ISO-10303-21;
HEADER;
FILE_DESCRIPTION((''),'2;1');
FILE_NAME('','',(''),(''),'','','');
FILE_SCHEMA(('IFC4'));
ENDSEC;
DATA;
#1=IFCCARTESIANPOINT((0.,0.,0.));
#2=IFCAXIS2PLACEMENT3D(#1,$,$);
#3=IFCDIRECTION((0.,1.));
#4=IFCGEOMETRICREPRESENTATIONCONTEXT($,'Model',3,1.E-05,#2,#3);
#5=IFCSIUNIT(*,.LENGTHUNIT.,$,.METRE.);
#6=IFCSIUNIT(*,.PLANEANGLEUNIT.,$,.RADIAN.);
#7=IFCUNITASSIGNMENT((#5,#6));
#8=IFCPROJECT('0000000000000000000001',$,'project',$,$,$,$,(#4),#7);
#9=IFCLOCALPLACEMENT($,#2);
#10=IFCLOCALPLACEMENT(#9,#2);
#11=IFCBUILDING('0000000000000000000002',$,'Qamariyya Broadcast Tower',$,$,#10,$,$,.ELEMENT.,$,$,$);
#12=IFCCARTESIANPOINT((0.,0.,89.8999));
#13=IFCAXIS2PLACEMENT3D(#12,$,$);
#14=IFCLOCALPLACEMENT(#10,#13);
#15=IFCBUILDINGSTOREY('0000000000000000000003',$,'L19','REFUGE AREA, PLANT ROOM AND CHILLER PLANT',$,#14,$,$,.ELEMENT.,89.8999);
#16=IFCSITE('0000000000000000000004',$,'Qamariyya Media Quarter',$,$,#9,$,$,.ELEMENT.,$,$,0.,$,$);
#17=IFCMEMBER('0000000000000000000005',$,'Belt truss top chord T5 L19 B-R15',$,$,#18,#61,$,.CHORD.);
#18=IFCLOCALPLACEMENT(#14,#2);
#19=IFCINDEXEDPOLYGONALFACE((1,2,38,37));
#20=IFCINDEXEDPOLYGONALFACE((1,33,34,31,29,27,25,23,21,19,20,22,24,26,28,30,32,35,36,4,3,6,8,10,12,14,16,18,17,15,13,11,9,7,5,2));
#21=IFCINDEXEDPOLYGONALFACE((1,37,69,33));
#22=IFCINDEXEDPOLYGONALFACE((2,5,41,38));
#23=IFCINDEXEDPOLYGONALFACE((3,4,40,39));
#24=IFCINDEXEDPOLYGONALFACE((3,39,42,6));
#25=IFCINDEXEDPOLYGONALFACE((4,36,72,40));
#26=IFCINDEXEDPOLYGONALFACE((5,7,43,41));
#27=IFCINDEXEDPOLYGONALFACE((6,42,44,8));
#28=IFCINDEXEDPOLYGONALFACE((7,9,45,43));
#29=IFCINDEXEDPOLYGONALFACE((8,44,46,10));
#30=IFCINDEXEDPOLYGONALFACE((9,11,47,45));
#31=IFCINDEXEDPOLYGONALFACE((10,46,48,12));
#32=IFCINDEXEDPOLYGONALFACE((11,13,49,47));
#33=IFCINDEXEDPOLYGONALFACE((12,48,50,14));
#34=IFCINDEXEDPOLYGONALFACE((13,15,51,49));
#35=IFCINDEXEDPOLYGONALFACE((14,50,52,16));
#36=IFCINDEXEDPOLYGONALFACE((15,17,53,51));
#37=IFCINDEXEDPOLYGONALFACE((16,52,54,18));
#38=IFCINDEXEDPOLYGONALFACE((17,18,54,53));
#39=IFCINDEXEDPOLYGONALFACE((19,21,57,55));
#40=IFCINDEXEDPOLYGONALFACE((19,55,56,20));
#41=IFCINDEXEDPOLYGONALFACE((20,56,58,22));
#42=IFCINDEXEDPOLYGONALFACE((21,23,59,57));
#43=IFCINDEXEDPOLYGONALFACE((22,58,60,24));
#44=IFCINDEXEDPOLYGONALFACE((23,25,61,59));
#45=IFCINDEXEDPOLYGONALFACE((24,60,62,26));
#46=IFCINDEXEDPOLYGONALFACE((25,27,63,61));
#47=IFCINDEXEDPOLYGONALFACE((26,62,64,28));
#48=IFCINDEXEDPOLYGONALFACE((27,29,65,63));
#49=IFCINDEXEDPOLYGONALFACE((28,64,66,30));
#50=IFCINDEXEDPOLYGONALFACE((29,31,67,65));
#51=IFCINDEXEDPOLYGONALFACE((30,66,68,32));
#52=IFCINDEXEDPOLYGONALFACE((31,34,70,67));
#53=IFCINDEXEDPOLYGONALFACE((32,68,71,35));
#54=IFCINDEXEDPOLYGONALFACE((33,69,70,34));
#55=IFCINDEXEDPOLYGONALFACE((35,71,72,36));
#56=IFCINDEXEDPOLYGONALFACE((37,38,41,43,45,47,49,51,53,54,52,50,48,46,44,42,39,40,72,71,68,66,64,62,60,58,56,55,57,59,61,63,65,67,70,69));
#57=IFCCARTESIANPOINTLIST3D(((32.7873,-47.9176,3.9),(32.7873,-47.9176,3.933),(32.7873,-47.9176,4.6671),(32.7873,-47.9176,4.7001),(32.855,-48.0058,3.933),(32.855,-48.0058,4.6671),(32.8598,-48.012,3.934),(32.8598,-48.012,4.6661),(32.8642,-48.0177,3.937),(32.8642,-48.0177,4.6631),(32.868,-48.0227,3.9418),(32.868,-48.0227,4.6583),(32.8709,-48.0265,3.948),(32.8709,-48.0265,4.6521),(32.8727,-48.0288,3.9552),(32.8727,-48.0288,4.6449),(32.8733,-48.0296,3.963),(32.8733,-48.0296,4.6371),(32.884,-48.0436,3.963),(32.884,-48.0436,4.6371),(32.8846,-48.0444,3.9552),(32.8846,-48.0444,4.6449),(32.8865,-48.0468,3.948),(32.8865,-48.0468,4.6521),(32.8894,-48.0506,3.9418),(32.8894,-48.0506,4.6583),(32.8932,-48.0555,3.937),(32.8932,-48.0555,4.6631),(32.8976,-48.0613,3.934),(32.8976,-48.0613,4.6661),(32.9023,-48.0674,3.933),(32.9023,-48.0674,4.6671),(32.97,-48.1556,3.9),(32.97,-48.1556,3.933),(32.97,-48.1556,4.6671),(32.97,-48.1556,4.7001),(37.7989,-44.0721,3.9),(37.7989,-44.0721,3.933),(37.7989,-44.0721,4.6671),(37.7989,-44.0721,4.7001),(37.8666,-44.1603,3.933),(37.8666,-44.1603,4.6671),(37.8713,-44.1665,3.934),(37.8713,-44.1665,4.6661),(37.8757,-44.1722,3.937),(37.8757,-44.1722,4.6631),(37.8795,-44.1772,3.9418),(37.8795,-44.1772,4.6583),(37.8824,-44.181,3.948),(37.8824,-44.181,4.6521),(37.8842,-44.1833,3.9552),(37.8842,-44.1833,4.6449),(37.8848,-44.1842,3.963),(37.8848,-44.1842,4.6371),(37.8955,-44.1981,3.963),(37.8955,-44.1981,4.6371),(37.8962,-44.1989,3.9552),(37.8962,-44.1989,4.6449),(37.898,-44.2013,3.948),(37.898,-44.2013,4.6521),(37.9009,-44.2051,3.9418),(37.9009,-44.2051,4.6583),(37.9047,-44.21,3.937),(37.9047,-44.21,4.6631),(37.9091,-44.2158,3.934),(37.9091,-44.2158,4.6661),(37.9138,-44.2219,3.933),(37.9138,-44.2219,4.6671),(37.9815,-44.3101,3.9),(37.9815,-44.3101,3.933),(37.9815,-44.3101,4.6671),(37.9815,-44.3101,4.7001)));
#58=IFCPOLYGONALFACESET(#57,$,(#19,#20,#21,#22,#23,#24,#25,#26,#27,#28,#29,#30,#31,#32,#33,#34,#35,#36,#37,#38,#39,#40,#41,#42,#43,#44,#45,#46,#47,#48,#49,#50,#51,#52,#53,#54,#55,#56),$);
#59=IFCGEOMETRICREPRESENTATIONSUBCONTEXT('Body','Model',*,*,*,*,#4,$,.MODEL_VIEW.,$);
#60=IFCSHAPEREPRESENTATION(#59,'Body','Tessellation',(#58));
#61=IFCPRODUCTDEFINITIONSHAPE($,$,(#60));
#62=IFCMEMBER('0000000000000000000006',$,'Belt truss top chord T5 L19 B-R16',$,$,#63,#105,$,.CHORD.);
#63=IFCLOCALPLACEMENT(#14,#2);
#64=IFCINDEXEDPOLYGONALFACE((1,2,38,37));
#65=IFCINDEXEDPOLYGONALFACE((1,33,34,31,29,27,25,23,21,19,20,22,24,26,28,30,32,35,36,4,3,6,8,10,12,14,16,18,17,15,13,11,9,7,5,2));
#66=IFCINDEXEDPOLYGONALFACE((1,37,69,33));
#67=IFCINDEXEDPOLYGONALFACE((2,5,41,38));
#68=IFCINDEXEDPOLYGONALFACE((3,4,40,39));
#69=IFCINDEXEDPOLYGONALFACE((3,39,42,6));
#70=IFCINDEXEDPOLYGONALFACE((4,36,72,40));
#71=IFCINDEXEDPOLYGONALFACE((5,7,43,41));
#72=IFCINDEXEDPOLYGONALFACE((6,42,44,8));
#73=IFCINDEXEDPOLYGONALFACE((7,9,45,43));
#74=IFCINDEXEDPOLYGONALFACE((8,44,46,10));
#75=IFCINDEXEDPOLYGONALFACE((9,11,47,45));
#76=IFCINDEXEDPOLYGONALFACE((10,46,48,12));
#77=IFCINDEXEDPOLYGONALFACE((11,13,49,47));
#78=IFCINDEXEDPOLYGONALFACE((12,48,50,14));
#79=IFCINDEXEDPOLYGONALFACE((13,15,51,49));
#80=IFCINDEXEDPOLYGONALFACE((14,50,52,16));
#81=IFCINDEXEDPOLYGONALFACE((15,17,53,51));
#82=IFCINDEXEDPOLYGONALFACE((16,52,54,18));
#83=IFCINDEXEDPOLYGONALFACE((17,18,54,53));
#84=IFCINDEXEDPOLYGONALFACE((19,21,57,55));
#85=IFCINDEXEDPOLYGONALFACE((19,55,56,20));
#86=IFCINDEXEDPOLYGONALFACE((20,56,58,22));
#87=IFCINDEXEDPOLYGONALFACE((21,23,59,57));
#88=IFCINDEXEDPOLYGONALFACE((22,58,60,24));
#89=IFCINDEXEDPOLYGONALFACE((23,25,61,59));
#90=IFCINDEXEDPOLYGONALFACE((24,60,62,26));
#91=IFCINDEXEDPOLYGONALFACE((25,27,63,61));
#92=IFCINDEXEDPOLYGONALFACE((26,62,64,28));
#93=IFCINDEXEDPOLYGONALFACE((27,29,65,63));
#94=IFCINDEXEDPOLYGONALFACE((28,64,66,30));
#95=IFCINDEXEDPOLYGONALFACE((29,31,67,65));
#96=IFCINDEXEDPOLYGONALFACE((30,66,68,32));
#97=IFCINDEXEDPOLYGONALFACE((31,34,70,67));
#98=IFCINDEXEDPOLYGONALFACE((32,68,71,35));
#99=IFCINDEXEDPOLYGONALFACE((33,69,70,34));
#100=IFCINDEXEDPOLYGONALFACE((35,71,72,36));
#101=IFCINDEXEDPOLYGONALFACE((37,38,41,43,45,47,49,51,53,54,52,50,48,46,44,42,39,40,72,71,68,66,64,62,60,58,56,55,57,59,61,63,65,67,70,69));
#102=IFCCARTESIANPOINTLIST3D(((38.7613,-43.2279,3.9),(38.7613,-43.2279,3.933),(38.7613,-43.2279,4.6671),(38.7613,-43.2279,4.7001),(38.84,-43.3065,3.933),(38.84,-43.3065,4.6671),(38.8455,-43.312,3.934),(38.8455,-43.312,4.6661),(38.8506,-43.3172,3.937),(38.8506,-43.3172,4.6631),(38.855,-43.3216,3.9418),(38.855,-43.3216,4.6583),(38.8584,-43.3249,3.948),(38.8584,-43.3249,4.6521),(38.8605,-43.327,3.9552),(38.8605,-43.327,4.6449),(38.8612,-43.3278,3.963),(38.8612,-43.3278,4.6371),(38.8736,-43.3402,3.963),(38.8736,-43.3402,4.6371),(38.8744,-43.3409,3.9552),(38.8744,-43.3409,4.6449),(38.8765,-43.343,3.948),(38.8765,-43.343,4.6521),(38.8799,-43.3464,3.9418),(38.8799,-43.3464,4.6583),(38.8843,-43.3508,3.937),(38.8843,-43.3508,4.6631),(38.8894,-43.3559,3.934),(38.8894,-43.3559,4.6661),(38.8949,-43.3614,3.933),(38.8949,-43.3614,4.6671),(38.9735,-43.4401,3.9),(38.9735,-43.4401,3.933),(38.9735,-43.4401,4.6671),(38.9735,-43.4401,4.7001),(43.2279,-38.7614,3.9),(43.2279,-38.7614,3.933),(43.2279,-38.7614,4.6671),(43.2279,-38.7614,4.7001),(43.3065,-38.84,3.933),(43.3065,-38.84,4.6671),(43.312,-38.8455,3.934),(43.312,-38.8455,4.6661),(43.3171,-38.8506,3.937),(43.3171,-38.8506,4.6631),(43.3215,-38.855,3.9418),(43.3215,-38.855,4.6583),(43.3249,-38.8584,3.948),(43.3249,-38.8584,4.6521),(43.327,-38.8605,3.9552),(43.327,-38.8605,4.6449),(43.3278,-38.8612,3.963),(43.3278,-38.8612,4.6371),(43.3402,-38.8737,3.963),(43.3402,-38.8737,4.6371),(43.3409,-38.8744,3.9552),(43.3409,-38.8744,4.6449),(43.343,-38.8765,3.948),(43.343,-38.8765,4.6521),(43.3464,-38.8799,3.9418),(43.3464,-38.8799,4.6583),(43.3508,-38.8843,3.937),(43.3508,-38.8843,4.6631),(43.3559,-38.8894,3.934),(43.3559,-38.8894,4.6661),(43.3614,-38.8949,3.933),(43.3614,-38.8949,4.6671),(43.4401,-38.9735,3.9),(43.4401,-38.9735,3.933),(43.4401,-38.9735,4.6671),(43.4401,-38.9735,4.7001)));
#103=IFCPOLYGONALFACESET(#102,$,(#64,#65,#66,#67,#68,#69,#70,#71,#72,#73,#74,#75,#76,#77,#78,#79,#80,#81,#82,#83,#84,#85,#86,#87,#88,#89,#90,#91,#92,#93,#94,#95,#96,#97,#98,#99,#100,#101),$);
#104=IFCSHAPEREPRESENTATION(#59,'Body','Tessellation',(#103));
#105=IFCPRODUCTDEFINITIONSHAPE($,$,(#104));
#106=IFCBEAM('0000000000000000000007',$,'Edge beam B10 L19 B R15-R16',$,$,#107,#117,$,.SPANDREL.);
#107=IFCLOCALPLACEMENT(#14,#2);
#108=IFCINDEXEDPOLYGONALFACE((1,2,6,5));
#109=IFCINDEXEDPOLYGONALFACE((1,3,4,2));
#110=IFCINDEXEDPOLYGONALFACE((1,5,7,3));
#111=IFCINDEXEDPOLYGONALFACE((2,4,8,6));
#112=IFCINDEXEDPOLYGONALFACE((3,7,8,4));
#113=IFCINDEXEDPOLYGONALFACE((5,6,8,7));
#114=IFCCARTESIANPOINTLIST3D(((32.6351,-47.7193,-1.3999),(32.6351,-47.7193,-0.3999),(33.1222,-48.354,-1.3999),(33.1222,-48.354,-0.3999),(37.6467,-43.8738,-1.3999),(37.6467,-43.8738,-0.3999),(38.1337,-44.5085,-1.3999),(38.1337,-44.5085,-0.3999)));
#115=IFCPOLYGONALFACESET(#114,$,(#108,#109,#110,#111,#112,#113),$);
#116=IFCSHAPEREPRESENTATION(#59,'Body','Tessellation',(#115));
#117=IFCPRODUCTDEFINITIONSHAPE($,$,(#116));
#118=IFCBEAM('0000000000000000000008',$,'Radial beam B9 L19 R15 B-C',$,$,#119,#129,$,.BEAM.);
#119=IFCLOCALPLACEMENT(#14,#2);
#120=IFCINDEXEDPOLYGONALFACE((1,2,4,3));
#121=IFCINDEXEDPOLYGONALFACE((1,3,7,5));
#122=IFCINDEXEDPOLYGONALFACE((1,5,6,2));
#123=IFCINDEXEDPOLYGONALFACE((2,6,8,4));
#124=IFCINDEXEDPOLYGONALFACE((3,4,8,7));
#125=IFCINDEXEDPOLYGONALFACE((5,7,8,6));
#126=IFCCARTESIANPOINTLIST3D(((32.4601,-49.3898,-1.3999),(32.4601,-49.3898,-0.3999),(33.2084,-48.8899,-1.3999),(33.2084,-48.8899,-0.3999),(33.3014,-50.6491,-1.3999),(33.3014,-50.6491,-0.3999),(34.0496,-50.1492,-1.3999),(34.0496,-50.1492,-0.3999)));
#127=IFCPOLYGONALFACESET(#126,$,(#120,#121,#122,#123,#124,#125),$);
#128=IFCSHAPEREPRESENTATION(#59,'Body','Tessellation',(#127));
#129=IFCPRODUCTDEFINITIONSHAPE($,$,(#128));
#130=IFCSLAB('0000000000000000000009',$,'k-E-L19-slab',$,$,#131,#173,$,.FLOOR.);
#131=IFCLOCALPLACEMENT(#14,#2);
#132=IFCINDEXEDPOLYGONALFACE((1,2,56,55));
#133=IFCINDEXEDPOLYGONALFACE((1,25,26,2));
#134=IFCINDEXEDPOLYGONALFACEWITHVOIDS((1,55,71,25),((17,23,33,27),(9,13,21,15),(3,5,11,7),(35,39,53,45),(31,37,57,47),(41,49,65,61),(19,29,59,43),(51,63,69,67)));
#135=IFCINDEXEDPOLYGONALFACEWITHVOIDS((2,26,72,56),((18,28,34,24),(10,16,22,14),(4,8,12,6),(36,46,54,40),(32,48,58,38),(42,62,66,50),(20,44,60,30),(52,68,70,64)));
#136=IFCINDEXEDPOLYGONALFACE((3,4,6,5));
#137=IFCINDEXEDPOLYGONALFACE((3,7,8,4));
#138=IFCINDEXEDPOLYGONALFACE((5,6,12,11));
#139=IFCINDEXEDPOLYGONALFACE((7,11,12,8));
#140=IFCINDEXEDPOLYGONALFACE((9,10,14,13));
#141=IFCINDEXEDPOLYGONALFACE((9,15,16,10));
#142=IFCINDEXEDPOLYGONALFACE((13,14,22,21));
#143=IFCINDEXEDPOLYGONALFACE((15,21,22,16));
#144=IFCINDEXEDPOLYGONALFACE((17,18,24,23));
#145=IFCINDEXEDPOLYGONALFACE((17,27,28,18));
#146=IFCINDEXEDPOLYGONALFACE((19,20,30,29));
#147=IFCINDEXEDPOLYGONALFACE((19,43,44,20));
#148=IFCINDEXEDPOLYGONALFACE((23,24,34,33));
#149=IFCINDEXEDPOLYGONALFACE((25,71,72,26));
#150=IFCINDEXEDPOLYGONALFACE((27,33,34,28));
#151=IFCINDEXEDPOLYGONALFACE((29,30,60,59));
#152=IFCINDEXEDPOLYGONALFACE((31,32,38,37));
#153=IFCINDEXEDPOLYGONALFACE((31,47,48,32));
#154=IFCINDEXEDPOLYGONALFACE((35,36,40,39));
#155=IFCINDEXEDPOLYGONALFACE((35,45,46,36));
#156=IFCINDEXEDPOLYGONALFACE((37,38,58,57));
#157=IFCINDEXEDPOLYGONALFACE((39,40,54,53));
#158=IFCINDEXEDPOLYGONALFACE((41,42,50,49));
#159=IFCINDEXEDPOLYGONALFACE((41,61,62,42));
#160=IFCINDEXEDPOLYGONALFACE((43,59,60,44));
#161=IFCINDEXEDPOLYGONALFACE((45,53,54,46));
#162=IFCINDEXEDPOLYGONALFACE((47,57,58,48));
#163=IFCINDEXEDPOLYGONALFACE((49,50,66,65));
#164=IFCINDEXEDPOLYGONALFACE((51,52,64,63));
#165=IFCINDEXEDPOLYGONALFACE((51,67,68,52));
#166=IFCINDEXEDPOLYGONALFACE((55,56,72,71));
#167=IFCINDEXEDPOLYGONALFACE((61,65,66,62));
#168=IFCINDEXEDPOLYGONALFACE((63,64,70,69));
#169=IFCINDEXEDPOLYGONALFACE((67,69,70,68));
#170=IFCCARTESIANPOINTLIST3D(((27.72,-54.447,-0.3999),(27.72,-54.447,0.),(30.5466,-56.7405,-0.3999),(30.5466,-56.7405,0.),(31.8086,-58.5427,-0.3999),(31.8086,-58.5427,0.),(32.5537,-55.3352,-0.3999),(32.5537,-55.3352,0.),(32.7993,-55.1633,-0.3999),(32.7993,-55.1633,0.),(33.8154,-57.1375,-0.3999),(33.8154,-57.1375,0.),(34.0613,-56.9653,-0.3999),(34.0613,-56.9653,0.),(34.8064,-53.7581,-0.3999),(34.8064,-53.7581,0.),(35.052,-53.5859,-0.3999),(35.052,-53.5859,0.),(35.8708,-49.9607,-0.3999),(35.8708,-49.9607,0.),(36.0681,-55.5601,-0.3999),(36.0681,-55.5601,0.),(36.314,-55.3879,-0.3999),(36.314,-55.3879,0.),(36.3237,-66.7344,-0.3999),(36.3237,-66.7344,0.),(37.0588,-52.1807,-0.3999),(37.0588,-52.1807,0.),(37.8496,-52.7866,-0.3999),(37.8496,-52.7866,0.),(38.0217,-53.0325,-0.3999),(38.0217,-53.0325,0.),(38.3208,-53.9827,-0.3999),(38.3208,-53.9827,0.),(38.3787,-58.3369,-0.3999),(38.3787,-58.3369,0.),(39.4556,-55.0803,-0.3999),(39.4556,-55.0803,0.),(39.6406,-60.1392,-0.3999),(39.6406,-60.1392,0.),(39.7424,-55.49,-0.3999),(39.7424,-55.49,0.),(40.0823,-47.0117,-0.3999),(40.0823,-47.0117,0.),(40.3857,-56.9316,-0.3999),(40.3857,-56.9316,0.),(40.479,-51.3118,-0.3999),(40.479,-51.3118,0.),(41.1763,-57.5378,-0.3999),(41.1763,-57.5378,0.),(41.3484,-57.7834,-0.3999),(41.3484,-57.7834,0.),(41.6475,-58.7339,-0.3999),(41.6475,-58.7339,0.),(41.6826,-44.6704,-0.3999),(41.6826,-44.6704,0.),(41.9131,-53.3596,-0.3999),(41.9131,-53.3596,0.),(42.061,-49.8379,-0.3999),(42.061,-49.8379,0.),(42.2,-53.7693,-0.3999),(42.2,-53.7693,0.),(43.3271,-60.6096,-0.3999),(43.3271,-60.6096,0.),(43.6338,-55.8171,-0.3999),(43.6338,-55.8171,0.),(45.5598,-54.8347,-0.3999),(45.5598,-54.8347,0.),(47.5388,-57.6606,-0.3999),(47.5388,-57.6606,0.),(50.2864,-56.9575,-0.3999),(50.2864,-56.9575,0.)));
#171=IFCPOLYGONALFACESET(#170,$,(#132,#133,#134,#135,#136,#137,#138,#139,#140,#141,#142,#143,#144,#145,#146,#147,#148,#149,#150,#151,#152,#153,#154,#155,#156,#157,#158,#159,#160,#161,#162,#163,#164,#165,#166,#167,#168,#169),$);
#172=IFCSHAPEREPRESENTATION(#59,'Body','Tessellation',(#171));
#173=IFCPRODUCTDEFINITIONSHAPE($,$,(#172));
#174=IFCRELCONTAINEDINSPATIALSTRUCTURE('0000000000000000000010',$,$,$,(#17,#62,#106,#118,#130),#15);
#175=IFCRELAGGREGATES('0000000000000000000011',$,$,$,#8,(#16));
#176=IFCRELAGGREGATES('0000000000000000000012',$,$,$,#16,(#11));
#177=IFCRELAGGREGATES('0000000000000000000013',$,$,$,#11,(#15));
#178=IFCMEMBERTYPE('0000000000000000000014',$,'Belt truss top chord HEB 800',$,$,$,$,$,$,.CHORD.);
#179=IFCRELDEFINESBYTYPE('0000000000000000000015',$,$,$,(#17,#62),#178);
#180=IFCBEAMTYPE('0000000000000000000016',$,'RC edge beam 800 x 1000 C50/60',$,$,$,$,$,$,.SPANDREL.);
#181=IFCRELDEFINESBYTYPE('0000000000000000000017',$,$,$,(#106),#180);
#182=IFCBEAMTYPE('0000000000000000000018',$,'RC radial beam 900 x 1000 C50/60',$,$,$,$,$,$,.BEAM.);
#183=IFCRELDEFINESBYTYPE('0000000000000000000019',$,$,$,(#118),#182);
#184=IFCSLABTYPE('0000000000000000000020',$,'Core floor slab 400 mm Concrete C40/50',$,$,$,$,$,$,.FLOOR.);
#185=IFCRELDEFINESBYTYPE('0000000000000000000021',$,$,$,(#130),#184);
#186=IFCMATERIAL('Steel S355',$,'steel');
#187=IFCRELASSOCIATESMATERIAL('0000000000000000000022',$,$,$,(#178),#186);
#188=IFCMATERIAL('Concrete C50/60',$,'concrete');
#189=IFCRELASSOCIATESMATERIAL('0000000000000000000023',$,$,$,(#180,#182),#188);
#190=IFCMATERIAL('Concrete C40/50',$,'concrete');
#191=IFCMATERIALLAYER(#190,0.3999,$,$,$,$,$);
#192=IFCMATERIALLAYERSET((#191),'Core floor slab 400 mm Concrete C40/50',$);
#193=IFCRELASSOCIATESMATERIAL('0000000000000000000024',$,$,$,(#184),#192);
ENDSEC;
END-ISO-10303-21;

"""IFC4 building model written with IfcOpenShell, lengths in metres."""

from ifc_helpers import new_model, si_unit, direction, frame, origin, origin_2d, place, context, subcontext, project, spatial, polyline, rectangle, i_section, outline, extrude, material, layer, layer_set, material_profile, profile_set, type_object, element, save


model = new_model("IFC4")

# Units and contexts
model_context = context("Model", 3, precision=1e-05, world=origin(), true_north=direction((0.0, 1.0)))
body_context = subcontext(model_context, "Body", "Model", "MODEL_VIEW")
ifc_project = project(units=[si_unit("LENGTHUNIT", "METRE"), si_unit("PLANEANGLEUNIT", "RADIAN")], contexts=[model_context])

# Site, building, storey
site_placement = place(None, origin())
site = spatial("IfcSite", under=ifc_project, at=site_placement, Name="Qamariyya Media Quarter", CompositionType="ELEMENT", RefElevation=0.0)
building_placement = place(site_placement, origin())
building = spatial("IfcBuilding", under=site, at=building_placement, Name="Qamariyya Broadcast Tower", CompositionType="ELEMENT")
storey_placement = place(building_placement, frame((0.0, 0.0, 89.8999)))
storey = spatial("IfcBuildingStorey", under=building, at=storey_placement, Name="L19", Description="REFUGE AREA, PLANT ROOM AND CHILLER PLANT", CompositionType="ELEMENT", Elevation=89.8999)

# Members
ifc_material_1 = material(Name="Steel S355", Category="steel")
ifc_material_profile_1 = material_profile(ifc_material_1, i_section(OverallWidth=0.3, OverallDepth=0.8, WebThickness=0.0176, FlangeThickness=0.033, FilletRadius=0.03, at=origin_2d()))
ifc_profile_set_1 = profile_set([ifc_material_profile_1], Name="Steel S355")
member_type_1 = type_object("IfcMemberType", Name="Belt truss top chord HEB 800", PredefinedType="CHORD", material=ifc_profile_set_1)
member_1_placement = place(storey_placement, frame((32.8787, -48.0366, 4.3), z_axis=(0.793352, 0.608763, 0.0), x_axis=(-0.608763, 0.793352, 0.0)))
element("IfcMember", 1, at=member_1_placement, inside=storey, type_object=member_type_1, Name="Belt truss top chord T5 L19 B-R15", PredefinedType="CHORD", context=body_context, shape_type="SweptSolid", body=[
    extrude(i_section(OverallWidth=0.3, OverallDepth=0.8, WebThickness=0.0176, FlangeThickness=0.033, FilletRadius=0.03, at=origin_2d()), origin(), (0.0, 0.0, 1.0), 6.3169),
])
member_2_placement = place(storey_placement, frame((38.8674, -43.334, 4.3), z_axis=(0.707107, 0.707107, 0.0), x_axis=(-0.707107, 0.707107, 0.0)))
element("IfcMember", 2, at=member_2_placement, inside=storey, type_object=member_type_1, Name="Belt truss top chord T5 L19 B-R16", PredefinedType="CHORD", context=body_context, shape_type="SweptSolid", body=[
    extrude(i_section(OverallWidth=0.3, OverallDepth=0.8, WebThickness=0.0176, FlangeThickness=0.033, FilletRadius=0.03, at=origin_2d()), origin(), (0.0, 0.0, 1.0), 6.3167),
])

# Beams
ifc_material_2 = material(Name="Concrete C50/60", Category="concrete")
ifc_material_profile_2 = material_profile(ifc_material_2, rectangle(XDim=0.8, YDim=1.0, at=origin_2d()))
ifc_profile_set_2 = profile_set([ifc_material_profile_2], Name="Concrete C50/60")
beam_type_1 = type_object("IfcBeamType", Name="RC edge beam 800 x 1000 C50/60", PredefinedType="SPANDREL", material=ifc_profile_set_2)
beam_1_placement = place(storey_placement, frame((32.8787, -48.0366, -0.8999), z_axis=(0.793352, 0.608763, 0.0), x_axis=(-0.608763, 0.793352, 0.0)))
element("IfcBeam", 3, at=beam_1_placement, inside=storey, type_object=beam_type_1, Name="Edge beam B10 L19 B R15-R16", PredefinedType="SPANDREL", context=body_context, shape_type="SweptSolid", body=[
    extrude(rectangle(XDim=0.8, YDim=1.0, at=origin_2d()), origin(), (0.0, 0.0, 1.0), 6.3169),
])
ifc_material_profile_3 = material_profile(ifc_material_2, rectangle(XDim=0.8999, YDim=1.0, at=origin_2d()))
ifc_profile_set_3 = profile_set([ifc_material_profile_3], Name="Concrete C50/60")
beam_type_2 = type_object("IfcBeamType", Name="RC radial beam 900 x 1000 C50/60", PredefinedType="BEAM", material=ifc_profile_set_3)
beam_2_placement = place(storey_placement, frame((32.8342, -49.1399, -0.8999), z_axis=(0.555518, -0.831504, 0.0), x_axis=(0.831504, 0.555518, 0.0)))
element("IfcBeam", 4, at=beam_2_placement, inside=storey, type_object=beam_type_2, Name="Radial beam B9 L19 R15 B-C", PredefinedType="BEAM", context=body_context, shape_type="SweptSolid", body=[
    extrude(rectangle(XDim=0.8999, YDim=1.0, at=origin_2d()), origin(), (0.0, 0.0, 1.0), 1.5144),
])

# Slab
ifc_material_3 = material(Name="Concrete C40/50", Category="concrete")
ifc_layer_1 = layer(ifc_material_3, 0.3999)
ifc_layer_set_1 = layer_set([ifc_layer_1], Name="Core floor slab 400 mm Concrete C40/50")
slab_type_1 = type_object("IfcSlabType", Name="Core floor slab 400 mm Concrete C40/50", PredefinedType="FLOOR", material=ifc_layer_set_1)
slab_1_placement = place(storey_placement, frame((0.0, 0.0, -0.3999)))
element("IfcSlab", 5, at=slab_1_placement, inside=storey, type_object=slab_type_1, Name="k-E-L19-slab", PredefinedType="FLOOR", context=body_context, shape_type="SweptSolid", body=[
    extrude(outline(polyline([(36.3237, -66.7344), (50.2864, -56.9575), (41.6826, -44.6704), (27.72, -54.447), (36.3237, -66.7344)]), holes=[polyline([(31.8086, -58.5427), (33.8154, -57.1375), (32.5537, -55.3352), (30.5466, -56.7405), (31.8086, -58.5427)]), polyline([(34.0613, -56.9653), (36.0681, -55.5601), (34.8064, -53.7581), (32.7993, -55.1633), (34.0613, -56.9653)]), polyline([(36.314, -55.3879), (38.3208, -53.9827), (37.0588, -52.1807), (35.052, -53.5859), (36.314, -55.3879)]), polyline([(38.3787, -58.3369), (40.3857, -56.9316), (41.6475, -58.7339), (39.6406, -60.1392), (38.3787, -58.3369)]), polyline([(39.7424, -55.49), (42.2, -53.7693), (43.6338, -55.8171), (41.1763, -57.5378), (39.7424, -55.49)]), polyline([(39.4556, -55.0803), (41.9131, -53.3596), (40.479, -51.3118), (38.0217, -53.0325), (39.4556, -55.0803)]), polyline([(40.0823, -47.0117), (35.8708, -49.9607), (37.8496, -52.7866), (42.061, -49.8379), (40.0823, -47.0117)]), polyline([(45.5598, -54.8347), (41.3484, -57.7834), (43.3271, -60.6096), (47.5388, -57.6606), (45.5598, -54.8347)])]), origin(), (0.0, 0.0, 1.0), 0.3999),
])

save(model, "model.ifc")
